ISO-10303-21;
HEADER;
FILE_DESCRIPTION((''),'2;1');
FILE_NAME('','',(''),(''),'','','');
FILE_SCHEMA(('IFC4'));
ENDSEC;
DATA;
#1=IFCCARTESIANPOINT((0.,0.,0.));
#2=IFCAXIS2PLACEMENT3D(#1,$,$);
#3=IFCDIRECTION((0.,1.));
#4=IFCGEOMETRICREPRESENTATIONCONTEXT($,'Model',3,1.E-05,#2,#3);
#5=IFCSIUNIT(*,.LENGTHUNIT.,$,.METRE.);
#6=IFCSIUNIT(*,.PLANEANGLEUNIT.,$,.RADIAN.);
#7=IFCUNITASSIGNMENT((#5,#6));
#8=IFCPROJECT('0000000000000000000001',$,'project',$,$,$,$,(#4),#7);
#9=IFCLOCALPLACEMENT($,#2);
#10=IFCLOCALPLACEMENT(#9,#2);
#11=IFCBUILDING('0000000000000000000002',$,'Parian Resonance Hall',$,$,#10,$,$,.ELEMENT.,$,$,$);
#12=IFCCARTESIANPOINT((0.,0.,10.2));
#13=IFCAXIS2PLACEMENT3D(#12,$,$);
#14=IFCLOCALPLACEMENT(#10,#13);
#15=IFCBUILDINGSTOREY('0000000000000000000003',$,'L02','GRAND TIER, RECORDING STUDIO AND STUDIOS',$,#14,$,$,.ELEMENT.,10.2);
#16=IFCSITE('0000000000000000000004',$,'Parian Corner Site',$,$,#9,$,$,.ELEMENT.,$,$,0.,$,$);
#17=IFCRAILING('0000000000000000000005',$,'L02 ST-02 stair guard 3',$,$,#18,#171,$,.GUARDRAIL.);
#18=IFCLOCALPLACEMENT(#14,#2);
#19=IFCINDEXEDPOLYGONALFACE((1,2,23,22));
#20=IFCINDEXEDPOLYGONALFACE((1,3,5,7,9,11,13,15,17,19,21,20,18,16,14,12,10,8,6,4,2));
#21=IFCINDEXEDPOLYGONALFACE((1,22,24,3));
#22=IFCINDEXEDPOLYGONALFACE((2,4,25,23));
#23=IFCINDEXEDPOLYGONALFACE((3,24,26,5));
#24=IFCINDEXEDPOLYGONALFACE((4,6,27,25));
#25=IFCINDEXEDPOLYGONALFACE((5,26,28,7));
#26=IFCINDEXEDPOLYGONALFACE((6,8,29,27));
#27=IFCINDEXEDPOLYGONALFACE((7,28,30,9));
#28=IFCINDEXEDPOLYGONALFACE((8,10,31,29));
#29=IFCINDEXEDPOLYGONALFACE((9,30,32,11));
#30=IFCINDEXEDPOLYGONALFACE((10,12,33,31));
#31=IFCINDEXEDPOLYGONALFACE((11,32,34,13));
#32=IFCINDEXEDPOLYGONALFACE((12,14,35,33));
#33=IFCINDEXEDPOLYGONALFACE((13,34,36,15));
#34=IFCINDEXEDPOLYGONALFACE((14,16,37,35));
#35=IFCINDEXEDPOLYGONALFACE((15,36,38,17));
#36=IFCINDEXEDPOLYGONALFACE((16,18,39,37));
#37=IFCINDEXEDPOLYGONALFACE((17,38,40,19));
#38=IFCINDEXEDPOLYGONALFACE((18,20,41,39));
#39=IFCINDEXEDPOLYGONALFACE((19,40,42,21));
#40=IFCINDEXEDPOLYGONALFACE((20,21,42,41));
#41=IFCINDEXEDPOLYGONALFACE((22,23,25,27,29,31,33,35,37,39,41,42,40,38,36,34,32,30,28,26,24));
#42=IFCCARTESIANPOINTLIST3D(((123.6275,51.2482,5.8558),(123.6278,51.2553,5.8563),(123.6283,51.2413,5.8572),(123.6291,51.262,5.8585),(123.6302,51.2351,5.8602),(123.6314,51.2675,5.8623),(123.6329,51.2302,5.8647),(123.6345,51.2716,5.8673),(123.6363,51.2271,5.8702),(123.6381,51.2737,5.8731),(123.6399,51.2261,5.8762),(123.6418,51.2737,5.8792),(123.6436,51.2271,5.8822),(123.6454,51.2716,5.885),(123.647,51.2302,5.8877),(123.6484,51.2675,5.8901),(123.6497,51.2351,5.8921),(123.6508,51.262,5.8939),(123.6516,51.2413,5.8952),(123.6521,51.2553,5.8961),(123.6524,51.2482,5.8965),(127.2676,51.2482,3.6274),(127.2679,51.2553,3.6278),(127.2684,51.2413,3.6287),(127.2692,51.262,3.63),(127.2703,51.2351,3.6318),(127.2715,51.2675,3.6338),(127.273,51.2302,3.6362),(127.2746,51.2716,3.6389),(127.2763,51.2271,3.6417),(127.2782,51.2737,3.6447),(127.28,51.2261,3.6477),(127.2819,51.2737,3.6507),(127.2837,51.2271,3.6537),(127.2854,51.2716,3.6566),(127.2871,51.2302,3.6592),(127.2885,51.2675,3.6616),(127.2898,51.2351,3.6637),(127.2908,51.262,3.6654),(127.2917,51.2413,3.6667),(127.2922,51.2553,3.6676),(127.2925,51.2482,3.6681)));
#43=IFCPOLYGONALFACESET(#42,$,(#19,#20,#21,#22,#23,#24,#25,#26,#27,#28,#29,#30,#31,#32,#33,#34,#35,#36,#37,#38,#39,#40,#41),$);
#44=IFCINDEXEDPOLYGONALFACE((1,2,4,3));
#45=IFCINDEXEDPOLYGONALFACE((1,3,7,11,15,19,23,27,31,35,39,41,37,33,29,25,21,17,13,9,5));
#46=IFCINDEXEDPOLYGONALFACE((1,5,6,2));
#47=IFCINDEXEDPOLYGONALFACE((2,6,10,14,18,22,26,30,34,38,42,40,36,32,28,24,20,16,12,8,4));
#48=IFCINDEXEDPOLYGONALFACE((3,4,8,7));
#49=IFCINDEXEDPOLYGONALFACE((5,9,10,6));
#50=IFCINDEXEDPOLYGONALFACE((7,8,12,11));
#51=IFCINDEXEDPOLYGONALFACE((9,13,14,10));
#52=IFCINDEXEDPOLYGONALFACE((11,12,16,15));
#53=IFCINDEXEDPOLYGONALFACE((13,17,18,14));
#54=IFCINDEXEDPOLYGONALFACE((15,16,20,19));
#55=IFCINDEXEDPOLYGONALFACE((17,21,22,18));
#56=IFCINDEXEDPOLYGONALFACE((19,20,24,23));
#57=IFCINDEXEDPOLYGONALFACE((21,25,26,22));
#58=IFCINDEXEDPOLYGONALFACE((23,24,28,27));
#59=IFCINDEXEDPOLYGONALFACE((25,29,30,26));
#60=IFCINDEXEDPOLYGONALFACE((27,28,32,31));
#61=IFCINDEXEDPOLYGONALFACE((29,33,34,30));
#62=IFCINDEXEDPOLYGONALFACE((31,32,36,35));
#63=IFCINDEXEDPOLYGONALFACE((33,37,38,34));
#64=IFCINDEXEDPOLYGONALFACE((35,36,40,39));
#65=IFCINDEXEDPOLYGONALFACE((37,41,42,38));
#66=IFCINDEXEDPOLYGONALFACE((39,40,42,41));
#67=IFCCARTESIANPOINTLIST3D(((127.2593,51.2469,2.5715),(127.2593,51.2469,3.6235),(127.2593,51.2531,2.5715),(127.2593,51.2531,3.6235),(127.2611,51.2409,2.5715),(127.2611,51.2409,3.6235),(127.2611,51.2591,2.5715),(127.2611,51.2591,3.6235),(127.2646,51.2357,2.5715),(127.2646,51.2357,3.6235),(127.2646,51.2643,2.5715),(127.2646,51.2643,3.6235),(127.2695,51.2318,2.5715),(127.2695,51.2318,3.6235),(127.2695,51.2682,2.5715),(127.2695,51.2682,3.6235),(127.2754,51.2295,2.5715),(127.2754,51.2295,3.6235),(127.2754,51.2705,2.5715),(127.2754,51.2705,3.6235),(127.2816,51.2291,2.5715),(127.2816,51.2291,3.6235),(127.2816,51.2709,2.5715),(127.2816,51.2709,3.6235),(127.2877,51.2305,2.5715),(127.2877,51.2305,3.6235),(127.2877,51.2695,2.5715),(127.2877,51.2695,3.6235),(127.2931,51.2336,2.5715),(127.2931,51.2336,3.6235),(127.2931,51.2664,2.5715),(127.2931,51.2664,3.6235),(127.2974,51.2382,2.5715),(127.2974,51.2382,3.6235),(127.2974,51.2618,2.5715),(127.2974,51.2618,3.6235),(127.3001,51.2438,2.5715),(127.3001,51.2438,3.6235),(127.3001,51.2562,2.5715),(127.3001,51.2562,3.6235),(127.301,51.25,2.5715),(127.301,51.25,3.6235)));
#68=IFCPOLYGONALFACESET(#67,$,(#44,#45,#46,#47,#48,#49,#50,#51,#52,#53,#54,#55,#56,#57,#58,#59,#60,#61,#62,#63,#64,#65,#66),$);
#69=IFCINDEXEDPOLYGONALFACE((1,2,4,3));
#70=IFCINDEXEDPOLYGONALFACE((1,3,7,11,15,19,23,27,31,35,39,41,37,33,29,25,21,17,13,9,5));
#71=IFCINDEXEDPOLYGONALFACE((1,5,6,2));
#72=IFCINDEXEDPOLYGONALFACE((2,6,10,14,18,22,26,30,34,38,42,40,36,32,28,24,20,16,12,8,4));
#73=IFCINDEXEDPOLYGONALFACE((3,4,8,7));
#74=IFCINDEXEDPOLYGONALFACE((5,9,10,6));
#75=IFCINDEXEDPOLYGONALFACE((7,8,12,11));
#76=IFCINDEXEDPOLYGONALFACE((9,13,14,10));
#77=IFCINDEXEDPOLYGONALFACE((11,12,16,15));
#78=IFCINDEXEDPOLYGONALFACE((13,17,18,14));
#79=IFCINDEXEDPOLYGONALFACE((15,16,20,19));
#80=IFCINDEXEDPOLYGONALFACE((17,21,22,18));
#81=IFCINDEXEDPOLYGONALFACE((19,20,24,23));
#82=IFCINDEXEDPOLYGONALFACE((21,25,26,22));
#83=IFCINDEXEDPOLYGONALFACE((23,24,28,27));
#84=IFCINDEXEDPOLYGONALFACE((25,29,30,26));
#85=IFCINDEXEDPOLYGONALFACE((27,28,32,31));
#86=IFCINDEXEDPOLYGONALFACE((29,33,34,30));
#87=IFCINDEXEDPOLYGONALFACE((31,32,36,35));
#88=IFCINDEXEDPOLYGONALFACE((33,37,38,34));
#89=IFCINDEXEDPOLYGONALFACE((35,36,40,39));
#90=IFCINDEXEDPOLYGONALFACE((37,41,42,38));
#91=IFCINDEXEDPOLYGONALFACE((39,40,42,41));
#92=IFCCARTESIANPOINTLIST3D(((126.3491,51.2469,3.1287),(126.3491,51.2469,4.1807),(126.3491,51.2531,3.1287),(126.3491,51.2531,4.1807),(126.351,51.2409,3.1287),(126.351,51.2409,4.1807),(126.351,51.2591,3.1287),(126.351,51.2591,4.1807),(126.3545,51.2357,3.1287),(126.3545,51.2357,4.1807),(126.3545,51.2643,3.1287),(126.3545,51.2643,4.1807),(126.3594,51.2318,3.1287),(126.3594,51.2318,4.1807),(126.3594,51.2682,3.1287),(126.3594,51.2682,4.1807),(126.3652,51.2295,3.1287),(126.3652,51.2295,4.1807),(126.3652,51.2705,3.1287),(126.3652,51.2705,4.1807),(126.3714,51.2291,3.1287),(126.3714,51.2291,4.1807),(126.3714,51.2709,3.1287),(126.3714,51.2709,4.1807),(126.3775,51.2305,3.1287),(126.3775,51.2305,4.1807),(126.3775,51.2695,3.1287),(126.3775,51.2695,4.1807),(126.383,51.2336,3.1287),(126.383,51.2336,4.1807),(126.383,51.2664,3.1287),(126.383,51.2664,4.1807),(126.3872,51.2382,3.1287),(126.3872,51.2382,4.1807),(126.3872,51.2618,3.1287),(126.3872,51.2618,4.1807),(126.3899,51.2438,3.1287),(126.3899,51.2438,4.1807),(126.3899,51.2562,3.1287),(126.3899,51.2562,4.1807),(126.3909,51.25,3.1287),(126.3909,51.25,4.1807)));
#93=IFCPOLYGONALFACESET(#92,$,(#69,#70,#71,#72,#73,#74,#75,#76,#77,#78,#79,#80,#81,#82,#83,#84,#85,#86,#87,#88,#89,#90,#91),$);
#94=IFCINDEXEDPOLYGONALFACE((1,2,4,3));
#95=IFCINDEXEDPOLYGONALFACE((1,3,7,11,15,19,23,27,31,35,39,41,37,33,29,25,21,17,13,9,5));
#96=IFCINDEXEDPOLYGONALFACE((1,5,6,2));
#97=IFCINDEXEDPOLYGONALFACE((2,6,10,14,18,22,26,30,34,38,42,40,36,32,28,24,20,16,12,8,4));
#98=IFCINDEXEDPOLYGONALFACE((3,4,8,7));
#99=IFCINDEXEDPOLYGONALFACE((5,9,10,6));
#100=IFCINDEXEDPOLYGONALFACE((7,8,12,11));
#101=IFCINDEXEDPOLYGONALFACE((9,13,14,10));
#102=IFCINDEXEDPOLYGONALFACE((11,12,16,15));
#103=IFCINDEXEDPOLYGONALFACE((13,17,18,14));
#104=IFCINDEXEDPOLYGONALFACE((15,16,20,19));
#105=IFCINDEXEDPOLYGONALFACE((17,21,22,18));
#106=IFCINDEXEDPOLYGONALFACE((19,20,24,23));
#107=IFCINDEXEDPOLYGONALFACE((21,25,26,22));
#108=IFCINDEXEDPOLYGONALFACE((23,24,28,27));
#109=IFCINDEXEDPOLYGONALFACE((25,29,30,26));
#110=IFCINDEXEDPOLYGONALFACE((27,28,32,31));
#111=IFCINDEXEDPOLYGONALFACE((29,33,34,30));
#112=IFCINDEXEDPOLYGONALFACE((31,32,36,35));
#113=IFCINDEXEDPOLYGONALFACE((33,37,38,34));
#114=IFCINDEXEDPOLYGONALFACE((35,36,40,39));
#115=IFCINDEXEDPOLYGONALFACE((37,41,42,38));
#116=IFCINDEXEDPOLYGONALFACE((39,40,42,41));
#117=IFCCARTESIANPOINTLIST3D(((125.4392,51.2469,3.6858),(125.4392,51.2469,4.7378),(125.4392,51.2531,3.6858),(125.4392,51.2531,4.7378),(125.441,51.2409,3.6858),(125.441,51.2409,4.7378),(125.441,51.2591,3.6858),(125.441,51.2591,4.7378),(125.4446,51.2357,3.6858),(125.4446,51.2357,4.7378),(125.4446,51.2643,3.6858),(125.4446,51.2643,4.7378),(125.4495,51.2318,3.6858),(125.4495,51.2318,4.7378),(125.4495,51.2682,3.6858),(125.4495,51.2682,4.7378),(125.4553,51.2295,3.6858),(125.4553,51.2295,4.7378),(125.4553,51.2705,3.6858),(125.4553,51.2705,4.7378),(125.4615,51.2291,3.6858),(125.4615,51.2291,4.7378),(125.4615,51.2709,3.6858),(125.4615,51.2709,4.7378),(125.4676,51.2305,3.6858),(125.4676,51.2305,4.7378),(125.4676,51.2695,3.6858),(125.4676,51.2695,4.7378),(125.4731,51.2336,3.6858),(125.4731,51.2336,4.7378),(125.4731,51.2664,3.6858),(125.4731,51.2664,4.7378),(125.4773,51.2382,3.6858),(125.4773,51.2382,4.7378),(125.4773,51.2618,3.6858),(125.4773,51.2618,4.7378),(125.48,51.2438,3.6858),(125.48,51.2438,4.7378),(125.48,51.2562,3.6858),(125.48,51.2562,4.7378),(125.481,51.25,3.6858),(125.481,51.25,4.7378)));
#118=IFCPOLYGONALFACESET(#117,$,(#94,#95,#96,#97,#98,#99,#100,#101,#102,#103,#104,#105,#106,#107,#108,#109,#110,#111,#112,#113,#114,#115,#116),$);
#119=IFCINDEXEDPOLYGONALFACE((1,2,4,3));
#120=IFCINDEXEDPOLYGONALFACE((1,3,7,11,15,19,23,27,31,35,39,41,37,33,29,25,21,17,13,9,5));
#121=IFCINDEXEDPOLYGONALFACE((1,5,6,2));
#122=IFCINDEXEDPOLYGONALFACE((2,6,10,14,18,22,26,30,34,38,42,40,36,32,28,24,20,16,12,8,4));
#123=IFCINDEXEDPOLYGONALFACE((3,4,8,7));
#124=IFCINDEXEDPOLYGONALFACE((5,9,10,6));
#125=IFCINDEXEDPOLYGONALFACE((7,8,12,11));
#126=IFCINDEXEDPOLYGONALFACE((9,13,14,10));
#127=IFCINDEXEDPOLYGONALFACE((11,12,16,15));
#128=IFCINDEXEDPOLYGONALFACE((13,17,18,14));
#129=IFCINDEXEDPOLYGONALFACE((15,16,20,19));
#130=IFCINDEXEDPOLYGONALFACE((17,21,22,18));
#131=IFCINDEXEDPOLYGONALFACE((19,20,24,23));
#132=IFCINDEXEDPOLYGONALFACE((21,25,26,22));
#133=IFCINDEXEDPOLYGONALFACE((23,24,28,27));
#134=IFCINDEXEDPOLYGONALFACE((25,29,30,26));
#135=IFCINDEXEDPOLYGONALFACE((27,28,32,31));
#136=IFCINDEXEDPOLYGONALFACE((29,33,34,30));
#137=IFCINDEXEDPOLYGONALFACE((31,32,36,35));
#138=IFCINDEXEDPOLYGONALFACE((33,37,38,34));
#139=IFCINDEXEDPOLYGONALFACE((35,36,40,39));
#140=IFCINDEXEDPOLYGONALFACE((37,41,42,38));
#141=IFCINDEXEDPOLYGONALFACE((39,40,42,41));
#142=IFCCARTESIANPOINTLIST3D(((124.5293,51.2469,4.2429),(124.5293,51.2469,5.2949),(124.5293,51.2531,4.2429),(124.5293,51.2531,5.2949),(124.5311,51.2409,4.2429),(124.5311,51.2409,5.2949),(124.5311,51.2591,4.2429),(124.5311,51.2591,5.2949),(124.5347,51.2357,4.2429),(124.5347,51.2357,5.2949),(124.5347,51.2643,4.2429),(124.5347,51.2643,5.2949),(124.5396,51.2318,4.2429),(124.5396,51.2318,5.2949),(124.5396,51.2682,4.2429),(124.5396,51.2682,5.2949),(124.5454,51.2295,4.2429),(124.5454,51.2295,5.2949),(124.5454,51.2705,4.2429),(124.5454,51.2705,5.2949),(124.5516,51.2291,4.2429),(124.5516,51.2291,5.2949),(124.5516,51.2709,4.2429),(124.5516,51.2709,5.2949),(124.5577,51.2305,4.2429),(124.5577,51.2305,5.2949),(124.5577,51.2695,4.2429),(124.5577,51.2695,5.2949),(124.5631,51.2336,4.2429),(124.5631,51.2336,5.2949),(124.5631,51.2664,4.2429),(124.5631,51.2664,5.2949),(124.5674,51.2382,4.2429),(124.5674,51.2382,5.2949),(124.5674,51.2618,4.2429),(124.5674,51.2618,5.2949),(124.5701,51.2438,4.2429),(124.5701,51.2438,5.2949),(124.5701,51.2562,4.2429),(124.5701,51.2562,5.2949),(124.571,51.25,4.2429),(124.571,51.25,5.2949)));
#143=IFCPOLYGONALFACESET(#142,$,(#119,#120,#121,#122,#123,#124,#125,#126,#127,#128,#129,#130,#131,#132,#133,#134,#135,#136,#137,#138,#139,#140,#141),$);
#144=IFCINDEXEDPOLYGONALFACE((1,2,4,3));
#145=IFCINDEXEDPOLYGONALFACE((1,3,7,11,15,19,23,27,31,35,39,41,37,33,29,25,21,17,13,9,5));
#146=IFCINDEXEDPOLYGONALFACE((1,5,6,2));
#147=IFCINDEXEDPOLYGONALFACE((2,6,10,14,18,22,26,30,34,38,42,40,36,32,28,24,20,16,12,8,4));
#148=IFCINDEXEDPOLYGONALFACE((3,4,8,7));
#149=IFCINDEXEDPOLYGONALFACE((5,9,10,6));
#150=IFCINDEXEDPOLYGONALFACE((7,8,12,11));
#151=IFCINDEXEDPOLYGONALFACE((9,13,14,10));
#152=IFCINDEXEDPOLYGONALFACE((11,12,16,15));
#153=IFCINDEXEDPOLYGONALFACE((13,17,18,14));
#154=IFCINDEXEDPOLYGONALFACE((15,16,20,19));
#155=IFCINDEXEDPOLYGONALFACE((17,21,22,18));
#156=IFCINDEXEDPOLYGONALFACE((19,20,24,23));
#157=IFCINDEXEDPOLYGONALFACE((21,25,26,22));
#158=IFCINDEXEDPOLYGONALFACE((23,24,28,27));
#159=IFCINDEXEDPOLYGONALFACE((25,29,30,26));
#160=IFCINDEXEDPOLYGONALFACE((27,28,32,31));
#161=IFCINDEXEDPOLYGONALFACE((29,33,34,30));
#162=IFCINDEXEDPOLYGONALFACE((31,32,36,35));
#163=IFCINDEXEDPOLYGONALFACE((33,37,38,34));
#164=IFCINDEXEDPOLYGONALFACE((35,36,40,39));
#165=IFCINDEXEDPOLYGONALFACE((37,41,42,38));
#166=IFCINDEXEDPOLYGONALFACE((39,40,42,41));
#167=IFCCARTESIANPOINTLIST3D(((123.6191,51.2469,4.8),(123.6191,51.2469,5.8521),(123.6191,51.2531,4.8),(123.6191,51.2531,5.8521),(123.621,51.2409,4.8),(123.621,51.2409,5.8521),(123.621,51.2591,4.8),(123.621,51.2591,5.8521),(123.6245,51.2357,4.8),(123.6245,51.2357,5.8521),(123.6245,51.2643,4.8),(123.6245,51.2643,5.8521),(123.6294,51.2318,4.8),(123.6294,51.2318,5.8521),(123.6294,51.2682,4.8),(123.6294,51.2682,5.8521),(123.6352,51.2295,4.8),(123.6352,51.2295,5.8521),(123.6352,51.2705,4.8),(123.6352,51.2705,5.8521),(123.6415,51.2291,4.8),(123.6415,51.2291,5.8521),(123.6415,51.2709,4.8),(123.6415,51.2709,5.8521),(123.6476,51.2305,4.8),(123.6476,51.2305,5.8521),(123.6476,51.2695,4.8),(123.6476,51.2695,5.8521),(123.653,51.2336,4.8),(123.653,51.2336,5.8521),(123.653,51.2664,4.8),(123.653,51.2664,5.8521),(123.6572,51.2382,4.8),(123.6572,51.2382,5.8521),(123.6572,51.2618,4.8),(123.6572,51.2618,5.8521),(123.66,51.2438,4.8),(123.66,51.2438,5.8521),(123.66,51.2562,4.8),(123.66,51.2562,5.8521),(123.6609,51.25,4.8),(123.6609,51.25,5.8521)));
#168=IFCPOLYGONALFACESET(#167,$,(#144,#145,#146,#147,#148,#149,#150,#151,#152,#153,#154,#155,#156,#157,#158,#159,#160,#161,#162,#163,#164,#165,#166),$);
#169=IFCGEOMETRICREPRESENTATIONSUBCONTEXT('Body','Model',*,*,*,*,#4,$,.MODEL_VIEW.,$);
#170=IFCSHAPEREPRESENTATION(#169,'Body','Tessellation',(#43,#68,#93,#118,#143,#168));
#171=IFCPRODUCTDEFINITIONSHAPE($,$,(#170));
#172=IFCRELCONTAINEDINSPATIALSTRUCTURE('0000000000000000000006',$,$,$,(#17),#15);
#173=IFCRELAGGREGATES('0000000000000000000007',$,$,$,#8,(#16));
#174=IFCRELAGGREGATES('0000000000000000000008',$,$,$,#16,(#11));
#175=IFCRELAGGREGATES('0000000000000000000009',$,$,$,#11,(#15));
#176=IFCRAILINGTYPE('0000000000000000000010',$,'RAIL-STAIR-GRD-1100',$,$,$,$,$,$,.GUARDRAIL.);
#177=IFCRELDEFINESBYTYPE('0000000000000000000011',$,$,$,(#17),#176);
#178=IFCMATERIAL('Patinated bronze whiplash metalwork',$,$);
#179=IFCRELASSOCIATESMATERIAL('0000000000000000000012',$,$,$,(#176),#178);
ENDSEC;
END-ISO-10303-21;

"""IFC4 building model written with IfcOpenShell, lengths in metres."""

from ifc_helpers import new_model, si_unit, direction, frame, origin, origin_2d, place, context, subcontext, project, spatial, circle, extrude, material, type_object, element, save


model = new_model("IFC4")

# Units and contexts
model_context = context("Model", 3, precision=1e-05, world=origin(), true_north=direction((0.0, 1.0)))
body_context = subcontext(model_context, "Body", "Model", "MODEL_VIEW")
ifc_project = project(units=[si_unit("LENGTHUNIT", "METRE"), si_unit("PLANEANGLEUNIT", "RADIAN")], contexts=[model_context])

# Site, building, storey
site_placement = place(None, origin())
site = spatial("IfcSite", under=ifc_project, at=site_placement, Name="Parian Corner Site", CompositionType="ELEMENT", RefElevation=0.0)
building_placement = place(site_placement, origin())
building = spatial("IfcBuilding", under=site, at=building_placement, Name="Parian Resonance Hall", CompositionType="ELEMENT")
storey_placement = place(building_placement, frame((0.0, 0.0, 10.2)))
storey = spatial("IfcBuildingStorey", under=building, at=storey_placement, Name="L02", Description="GRAND TIER, RECORDING STUDIO AND STUDIOS", CompositionType="ELEMENT", Elevation=10.2)

# Railing
ifc_material_1 = material(Name="Patinated bronze whiplash metalwork")
railing_type_1 = type_object("IfcRailingType", Name="RAIL-STAIR-GRD-1100", PredefinedType="GUARDRAIL", material=ifc_material_1)
railing_1_placement = place(storey_placement, frame((127.28, 51.25, 2.5715)))
element("IfcRailing", 1, at=railing_1_placement, inside=storey, type_object=railing_type_1, Name="L02 ST-02 stair guard 3", PredefinedType="GUARDRAIL", context=body_context, shape_type="SweptSolid", body=[
    extrude(circle(Radius=0.0239, at=origin_2d()), frame((0.0, 0.0, 1.0762), z_axis=(-0.852866, 0.0, 0.52213), x_axis=(0.0, -1.0, 0.0)), (0.0, 0.0, 1.0), 4.2681),
    extrude(circle(Radius=0.021, at=origin_2d()), origin(), (0.0, 0.0, 1.0), 1.052),
    extrude(circle(Radius=0.021, at=origin_2d()), frame((-0.9102, 0.0, 0.5571)), (0.0, 0.0, 1.0), 1.052),
    extrude(circle(Radius=0.021, at=origin_2d()), frame((-1.8201, 0.0, 1.1143)), (0.0, 0.0, 1.0), 1.052),
    extrude(circle(Radius=0.021, at=origin_2d()), frame((-2.73, 0.0, 1.6714)), (0.0, 0.0, 1.0), 1.052),
    extrude(circle(Radius=0.021, at=origin_2d()), frame((-3.6401, 0.0, 2.2285)), (0.0, 0.0, 1.0), 1.052),
])

save(model, "model.ifc")
